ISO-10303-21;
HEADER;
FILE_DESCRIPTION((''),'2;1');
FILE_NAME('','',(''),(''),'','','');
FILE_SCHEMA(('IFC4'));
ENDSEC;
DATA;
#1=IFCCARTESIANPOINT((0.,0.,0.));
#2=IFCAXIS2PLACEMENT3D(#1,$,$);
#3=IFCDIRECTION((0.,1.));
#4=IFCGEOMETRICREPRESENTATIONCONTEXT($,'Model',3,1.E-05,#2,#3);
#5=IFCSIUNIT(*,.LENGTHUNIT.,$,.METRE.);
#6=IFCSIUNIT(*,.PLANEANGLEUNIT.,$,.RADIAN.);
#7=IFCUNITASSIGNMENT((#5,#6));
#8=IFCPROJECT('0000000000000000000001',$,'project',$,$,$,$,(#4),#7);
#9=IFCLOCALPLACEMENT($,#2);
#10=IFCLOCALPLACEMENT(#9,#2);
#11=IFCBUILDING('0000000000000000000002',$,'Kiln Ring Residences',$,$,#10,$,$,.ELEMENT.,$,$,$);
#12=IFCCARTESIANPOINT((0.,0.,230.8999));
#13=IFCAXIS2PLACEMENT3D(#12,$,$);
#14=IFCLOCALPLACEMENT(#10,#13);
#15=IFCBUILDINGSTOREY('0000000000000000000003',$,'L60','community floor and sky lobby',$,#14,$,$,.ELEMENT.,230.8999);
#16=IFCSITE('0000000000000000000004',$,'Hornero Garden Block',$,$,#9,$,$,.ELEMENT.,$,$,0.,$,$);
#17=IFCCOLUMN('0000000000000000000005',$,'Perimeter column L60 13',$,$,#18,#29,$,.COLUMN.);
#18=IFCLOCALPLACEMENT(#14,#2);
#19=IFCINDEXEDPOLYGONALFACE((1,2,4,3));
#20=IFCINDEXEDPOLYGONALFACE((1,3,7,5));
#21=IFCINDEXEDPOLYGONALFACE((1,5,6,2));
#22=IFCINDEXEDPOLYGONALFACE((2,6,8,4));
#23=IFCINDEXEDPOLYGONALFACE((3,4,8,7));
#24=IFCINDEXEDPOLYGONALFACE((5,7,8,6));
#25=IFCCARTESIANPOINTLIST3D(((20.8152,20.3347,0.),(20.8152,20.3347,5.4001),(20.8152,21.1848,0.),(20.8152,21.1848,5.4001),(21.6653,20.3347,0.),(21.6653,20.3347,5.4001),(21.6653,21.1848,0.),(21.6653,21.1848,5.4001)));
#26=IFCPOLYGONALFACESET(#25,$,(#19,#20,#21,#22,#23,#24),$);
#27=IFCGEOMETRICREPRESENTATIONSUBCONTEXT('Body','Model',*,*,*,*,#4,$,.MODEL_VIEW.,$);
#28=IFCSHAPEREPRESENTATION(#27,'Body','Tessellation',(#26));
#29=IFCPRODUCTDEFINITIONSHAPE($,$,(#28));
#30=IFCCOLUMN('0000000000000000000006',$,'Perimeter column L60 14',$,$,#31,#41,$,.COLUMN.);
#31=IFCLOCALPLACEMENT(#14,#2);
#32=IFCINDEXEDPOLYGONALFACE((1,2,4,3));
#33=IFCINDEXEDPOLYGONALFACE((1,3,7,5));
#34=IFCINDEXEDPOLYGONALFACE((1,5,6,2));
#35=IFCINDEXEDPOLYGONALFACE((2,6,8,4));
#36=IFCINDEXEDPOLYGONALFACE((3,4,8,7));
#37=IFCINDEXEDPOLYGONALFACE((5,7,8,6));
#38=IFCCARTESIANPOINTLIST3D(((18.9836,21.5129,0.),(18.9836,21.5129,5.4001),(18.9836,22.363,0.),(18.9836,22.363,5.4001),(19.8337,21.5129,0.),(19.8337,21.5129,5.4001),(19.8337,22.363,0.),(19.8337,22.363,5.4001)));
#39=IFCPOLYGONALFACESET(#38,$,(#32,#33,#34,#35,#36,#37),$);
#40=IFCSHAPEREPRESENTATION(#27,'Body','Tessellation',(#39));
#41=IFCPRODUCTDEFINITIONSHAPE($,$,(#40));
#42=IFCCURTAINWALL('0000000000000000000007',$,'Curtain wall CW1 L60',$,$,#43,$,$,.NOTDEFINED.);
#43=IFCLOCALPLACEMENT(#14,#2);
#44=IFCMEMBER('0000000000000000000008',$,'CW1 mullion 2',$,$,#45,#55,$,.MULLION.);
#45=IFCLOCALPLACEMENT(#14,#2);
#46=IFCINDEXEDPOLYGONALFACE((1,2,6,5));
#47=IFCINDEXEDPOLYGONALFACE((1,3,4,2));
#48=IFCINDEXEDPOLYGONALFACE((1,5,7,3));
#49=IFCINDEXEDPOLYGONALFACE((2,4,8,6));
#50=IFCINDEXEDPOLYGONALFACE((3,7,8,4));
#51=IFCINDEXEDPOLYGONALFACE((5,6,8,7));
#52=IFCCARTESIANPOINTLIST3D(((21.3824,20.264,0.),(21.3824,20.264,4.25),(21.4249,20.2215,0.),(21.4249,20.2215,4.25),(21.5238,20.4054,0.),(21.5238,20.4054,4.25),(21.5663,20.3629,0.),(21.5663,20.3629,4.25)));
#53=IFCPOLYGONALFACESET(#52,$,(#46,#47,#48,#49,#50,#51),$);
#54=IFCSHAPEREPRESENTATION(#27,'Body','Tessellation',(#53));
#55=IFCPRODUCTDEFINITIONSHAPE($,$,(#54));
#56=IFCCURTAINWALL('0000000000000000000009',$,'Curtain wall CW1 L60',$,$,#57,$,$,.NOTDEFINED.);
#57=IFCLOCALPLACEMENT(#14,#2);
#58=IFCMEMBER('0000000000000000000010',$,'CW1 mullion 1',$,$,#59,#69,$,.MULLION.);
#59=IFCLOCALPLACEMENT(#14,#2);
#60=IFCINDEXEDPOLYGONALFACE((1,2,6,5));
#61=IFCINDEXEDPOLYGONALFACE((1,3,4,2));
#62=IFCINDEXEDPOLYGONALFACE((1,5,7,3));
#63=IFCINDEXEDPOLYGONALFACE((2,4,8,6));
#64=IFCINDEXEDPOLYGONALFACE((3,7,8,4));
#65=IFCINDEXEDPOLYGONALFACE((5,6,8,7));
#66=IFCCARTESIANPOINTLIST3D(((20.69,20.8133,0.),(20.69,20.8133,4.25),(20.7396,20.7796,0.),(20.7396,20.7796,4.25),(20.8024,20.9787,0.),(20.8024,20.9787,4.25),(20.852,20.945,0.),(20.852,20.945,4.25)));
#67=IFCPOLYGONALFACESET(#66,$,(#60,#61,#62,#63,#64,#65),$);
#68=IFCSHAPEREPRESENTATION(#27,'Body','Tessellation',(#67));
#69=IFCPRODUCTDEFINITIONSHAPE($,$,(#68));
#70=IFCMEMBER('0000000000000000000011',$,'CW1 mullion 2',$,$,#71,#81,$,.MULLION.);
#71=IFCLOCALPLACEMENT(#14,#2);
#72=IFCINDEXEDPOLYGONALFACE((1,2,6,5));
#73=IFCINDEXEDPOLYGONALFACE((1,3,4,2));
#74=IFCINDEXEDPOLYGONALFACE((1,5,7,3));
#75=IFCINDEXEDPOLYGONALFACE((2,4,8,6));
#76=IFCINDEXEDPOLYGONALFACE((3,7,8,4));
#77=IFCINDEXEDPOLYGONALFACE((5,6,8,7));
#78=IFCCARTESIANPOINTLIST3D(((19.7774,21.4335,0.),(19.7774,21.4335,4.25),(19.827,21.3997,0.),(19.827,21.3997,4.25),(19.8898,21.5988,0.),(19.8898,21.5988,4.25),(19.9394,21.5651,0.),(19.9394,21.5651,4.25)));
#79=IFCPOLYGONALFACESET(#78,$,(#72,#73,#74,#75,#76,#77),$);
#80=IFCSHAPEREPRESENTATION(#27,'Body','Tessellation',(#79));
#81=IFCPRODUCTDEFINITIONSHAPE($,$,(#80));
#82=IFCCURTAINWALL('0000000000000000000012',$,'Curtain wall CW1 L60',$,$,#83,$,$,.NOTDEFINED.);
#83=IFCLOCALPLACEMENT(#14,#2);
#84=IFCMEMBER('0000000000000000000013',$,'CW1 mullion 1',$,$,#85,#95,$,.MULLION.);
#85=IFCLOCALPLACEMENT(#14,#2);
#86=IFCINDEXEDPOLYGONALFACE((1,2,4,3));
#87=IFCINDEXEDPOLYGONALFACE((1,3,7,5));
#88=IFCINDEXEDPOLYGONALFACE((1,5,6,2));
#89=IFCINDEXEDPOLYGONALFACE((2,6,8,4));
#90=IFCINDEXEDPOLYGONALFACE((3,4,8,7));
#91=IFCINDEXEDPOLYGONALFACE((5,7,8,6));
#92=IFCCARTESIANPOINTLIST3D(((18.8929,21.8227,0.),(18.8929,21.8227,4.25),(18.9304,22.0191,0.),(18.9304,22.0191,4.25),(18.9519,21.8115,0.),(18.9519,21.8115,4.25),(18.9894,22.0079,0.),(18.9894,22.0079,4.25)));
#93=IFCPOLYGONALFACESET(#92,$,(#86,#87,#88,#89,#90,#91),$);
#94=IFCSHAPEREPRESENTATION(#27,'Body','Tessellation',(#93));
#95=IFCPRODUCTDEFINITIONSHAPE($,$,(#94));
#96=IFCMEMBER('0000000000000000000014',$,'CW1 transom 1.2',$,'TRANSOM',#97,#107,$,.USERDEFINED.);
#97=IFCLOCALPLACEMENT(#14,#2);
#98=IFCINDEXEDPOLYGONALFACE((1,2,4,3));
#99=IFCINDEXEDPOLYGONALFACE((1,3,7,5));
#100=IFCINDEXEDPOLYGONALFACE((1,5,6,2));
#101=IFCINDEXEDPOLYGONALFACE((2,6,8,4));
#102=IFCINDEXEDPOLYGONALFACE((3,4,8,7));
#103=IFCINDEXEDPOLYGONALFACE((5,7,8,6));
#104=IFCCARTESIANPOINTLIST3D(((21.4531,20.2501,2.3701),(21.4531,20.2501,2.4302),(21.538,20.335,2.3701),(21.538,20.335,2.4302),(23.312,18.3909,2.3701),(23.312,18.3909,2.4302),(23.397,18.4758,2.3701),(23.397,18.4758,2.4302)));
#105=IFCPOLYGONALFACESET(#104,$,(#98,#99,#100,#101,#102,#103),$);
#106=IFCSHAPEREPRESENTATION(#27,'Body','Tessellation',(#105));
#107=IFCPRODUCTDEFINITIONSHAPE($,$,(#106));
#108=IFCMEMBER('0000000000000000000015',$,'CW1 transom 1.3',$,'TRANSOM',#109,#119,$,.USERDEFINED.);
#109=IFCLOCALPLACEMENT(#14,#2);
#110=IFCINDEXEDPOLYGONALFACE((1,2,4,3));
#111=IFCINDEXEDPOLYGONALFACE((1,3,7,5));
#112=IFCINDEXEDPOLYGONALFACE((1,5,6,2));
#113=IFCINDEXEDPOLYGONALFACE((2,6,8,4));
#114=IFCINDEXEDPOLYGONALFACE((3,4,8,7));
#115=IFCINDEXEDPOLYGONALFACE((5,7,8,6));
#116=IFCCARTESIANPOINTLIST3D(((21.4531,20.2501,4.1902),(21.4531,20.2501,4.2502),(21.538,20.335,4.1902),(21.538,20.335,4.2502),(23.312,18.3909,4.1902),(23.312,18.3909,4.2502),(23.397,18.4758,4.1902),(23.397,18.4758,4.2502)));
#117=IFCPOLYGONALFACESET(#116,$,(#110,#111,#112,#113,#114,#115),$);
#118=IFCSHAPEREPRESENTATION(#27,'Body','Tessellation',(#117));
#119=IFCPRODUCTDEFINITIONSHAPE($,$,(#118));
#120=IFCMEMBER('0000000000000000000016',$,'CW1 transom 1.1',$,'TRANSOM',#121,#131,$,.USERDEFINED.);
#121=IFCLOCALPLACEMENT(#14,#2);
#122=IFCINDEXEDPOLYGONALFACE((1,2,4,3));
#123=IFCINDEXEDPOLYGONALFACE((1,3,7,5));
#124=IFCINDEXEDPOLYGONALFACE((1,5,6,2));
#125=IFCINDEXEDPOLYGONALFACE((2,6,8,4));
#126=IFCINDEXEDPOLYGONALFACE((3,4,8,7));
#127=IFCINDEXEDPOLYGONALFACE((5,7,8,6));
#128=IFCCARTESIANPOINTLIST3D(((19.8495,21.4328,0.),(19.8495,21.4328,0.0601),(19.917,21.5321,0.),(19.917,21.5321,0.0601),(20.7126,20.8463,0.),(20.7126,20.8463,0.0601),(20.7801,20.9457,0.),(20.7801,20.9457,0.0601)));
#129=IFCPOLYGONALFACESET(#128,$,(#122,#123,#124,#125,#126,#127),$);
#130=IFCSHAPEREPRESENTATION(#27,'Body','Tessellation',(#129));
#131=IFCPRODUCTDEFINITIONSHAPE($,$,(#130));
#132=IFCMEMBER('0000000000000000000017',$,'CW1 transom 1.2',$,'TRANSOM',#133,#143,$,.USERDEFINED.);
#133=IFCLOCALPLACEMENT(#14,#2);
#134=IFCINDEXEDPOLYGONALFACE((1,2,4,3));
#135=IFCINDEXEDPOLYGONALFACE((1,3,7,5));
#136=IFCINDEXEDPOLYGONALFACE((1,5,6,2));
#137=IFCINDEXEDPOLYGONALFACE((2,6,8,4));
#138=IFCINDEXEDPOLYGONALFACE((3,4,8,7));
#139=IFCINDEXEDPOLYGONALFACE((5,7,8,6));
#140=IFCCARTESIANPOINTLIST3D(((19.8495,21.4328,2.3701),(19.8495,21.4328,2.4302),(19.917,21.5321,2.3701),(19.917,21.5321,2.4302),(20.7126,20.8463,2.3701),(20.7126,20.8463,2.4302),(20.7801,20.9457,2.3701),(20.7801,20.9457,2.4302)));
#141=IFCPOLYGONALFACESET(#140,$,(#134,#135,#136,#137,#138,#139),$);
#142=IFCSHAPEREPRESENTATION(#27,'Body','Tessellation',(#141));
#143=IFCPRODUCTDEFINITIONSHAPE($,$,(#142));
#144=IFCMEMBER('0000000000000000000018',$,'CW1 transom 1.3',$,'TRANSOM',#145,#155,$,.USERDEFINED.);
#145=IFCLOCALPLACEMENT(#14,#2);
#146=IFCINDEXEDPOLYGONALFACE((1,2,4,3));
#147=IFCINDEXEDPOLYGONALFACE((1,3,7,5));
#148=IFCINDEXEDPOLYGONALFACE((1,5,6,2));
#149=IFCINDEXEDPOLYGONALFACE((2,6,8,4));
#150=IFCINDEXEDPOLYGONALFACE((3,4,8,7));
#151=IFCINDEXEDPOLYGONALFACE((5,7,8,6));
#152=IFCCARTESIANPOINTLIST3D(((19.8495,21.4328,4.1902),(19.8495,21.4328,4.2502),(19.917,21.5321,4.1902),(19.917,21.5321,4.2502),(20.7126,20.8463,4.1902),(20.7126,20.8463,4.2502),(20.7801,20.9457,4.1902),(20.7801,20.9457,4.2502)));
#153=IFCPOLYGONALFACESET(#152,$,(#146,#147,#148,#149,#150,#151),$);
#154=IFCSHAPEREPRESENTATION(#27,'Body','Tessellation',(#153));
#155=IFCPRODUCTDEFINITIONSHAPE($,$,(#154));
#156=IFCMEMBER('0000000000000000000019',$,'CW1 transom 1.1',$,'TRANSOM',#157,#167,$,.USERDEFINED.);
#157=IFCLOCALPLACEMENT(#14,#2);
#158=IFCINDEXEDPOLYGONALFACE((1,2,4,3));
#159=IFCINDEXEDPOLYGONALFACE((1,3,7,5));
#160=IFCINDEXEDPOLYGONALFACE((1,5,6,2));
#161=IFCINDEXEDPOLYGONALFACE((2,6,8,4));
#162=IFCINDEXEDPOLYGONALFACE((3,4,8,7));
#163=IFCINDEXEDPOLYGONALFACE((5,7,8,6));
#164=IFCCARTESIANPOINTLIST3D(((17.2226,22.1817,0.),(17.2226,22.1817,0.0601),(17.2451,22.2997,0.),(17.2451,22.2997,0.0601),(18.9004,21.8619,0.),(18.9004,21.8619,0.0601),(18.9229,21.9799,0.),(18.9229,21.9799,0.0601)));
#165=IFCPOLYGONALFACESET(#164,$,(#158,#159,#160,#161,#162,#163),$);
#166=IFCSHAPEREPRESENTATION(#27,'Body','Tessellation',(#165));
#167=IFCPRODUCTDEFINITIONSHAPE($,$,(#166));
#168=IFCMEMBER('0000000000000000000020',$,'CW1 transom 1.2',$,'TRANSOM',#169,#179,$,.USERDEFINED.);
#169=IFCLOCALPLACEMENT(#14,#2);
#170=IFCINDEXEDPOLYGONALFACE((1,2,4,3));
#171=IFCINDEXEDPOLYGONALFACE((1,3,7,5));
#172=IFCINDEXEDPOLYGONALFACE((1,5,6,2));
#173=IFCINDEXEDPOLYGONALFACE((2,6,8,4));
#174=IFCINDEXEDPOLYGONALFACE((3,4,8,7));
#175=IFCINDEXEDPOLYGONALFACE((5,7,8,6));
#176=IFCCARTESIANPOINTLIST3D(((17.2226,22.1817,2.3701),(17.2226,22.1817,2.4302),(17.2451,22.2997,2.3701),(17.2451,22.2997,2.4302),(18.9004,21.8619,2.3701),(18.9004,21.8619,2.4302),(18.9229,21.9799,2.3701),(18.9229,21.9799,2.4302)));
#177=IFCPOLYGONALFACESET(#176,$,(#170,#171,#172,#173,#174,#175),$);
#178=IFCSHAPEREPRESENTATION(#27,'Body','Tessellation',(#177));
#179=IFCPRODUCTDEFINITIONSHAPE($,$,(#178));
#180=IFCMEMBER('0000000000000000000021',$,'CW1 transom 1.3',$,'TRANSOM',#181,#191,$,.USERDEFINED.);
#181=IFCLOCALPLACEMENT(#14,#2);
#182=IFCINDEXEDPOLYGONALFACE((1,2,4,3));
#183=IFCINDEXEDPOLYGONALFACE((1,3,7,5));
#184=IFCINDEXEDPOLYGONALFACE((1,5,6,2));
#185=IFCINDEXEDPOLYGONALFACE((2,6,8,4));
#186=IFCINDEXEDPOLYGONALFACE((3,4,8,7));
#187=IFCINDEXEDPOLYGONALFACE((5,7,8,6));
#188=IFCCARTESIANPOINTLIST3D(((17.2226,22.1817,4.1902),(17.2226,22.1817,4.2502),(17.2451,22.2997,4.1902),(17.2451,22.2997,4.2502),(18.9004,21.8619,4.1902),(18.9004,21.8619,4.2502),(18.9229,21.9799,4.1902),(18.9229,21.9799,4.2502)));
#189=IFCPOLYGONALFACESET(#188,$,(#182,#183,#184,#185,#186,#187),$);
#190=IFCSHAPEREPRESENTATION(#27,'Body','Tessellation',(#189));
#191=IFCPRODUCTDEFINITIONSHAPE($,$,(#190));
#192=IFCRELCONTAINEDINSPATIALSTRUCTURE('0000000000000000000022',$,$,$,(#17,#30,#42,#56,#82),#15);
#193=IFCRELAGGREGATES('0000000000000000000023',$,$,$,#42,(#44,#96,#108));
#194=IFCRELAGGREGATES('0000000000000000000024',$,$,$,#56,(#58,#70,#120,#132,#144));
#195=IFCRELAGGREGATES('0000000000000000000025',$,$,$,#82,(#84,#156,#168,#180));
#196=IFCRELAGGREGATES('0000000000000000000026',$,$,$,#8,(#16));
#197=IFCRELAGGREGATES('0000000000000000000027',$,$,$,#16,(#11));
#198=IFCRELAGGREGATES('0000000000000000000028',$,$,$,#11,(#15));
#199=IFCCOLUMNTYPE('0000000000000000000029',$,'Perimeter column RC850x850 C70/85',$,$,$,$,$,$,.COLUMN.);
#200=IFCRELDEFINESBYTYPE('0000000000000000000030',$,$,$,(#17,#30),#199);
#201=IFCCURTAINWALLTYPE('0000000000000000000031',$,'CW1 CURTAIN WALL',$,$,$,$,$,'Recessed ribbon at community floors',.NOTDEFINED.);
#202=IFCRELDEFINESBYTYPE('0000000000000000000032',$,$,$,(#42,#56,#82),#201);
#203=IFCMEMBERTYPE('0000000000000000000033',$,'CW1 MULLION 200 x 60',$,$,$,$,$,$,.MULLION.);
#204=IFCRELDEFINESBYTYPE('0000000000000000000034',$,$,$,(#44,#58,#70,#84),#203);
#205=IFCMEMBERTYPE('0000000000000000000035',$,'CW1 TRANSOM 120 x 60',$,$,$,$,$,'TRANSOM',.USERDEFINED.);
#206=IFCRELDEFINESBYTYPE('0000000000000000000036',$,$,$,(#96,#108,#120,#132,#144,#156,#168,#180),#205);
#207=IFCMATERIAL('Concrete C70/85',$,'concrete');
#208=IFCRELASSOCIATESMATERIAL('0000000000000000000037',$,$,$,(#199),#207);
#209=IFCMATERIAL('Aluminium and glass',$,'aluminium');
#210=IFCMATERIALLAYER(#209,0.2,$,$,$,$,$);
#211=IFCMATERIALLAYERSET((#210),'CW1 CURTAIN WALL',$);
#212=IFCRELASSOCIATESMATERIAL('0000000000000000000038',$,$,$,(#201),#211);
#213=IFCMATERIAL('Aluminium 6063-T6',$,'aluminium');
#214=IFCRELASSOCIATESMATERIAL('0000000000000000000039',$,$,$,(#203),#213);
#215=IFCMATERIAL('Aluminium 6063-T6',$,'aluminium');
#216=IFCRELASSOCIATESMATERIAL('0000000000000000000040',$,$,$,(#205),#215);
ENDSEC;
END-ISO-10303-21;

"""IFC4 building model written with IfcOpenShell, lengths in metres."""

from ifc_helpers import new_model, si_unit, direction, frame, origin, origin_2d, place, context, subcontext, project, spatial, rectangle, extrude, material, layer, layer_set, material_profile, profile_set, type_object, element, aggregate, save


model = new_model("IFC4")

# Units and contexts
model_context = context("Model", 3, precision=1e-05, world=origin(), true_north=direction((0.0, 1.0)))
body_context = subcontext(model_context, "Body", "Model", "MODEL_VIEW")
ifc_project = project(units=[si_unit("LENGTHUNIT", "METRE"), si_unit("PLANEANGLEUNIT", "RADIAN")], contexts=[model_context])

# Site, building, storey
site_placement = place(None, origin())
site = spatial("IfcSite", under=ifc_project, at=site_placement, Name="Hornero Garden Block", CompositionType="ELEMENT", RefElevation=0.0)
building_placement = place(site_placement, origin())
building = spatial("IfcBuilding", under=site, at=building_placement, Name="Kiln Ring Residences", CompositionType="ELEMENT")
storey_placement = place(building_placement, frame((0.0, 0.0, 230.8999)))
storey = spatial("IfcBuildingStorey", under=building, at=storey_placement, Name="L60", Description="community floor and sky lobby", CompositionType="ELEMENT", Elevation=230.8999)

# Columns
ifc_material_1 = material(Name="Concrete C70/85", Category="concrete")
ifc_material_profile_1 = material_profile(ifc_material_1, rectangle(XDim=0.8501, YDim=0.8501, at=origin_2d()), Name="RC850x850")
ifc_profile_set_1 = profile_set([ifc_material_profile_1], Name="Concrete C70/85")
column_type = type_object("IfcColumnType", Name="Perimeter column RC850x850 C70/85", PredefinedType="COLUMN", material=ifc_profile_set_1)
for number, where, z_axis, x_axis, name in (
    (1, (21.2402, 20.7598, 0.0), (0.0, 0.0, 1.0), (1.0, 0.0, 0.0), "Perimeter column L60 13"),
    (2, (19.4087, 21.938, 0.0), (0.0, 0.0, 1.0), (1.0, 0.0, 0.0), "Perimeter column L60 14"),
):
    element("IfcColumn", number, at=place(storey_placement, frame(where, z_axis=z_axis, x_axis=x_axis)), inside=storey, type_object=column_type, Name=name, PredefinedType="COLUMN", context=body_context, shape_type="SweptSolid", body=[
        extrude(rectangle(XDim=0.8501, YDim=0.8501, at=origin_2d()), origin(), (0.0, 0.0, 1.0), 5.4001),
    ])

# Curtain wall, member
ifc_material_2 = material(Name="Aluminium and glass", Category="aluminium")
ifc_layer_1 = layer(ifc_material_2, 0.2)
ifc_layer_set_1 = layer_set([ifc_layer_1], Name="CW1 CURTAIN WALL")
curtain_wall_type = type_object("IfcCurtainWallType", Name="CW1 CURTAIN WALL", ElementType="Recessed ribbon at community floors", PredefinedType="NOTDEFINED", material=ifc_layer_set_1)
placement = place(storey_placement, origin())
curtain_wall_1 = element("IfcCurtainWall", 3, at=placement, inside=storey, type_object=curtain_wall_type, Name="Curtain wall CW1 L60", PredefinedType="NOTDEFINED")
ifc_material_3 = material(Name="Aluminium 6063-T6", Category="aluminium")
ifc_material_profile_2 = material_profile(ifc_material_3, rectangle(XDim=0.2, YDim=0.0601, at=origin_2d()), Name="AL 200x60")
ifc_profile_set_2 = profile_set([ifc_material_profile_2], Name="Aluminium 6063-T6")
member_type_1 = type_object("IfcMemberType", Name="CW1 MULLION 200 x 60", PredefinedType="MULLION", material=ifc_profile_set_2)
member_1_placement = place(storey_placement, frame((21.4744, 20.3135, 0.0), z_axis=(0.0, 0.0, 1.0), x_axis=(-0.707107, -0.707107, 0.0)))
member_1 = element("IfcMember", 4, at=member_1_placement, type_object=member_type_1, Name="CW1 mullion 2", PredefinedType="MULLION", context=body_context, shape_type="SweptSolid", body=[
    extrude(rectangle(XDim=0.2, YDim=0.0601, at=origin_2d()), origin(), (0.0, 0.0, 1.0), 4.25),
])

# Curtain wall, members
curtain_wall_2 = element("IfcCurtainWall", 5, at=placement, inside=storey, type_object=curtain_wall_type, Name="Curtain wall CW1 L60", PredefinedType="NOTDEFINED")
member_2_placement = place(storey_placement, frame((20.771, 20.8792, 0.0), z_axis=(0.0, 0.0, 1.0), x_axis=(-0.562097, -0.827072, 0.0)))
member_2 = element("IfcMember", 6, at=member_2_placement, type_object=member_type_1, Name="CW1 mullion 1", PredefinedType="MULLION", context=body_context, shape_type="SweptSolid", body=[
    extrude(rectangle(XDim=0.2, YDim=0.0601, at=origin_2d()), origin(), (0.0, 0.0, 1.0), 4.25),
])
member_3_placement = place(storey_placement, frame((19.8584, 21.4993, 0.0), z_axis=(0.0, 0.0, 1.0), x_axis=(-0.562097, -0.827072, 0.0)))
member_3 = element("IfcMember", 7, at=member_3_placement, type_object=member_type_1, Name="CW1 mullion 2", PredefinedType="MULLION", context=body_context, shape_type="SweptSolid", body=[
    extrude(rectangle(XDim=0.2, YDim=0.0601, at=origin_2d()), origin(), (0.0, 0.0, 1.0), 4.25),
])

# Curtain wall, member
curtain_wall_3 = element("IfcCurtainWall", 8, at=placement, inside=storey, type_object=curtain_wall_type, Name="Curtain wall CW1 L60", PredefinedType="NOTDEFINED")
member_4_placement = place(storey_placement, frame((18.9412, 21.9153, 0.0), z_axis=(0.0, 0.0, 1.0), x_axis=(-0.187366, -0.98229, 0.0)))
member_4 = element("IfcMember", 9, at=member_4_placement, type_object=member_type_1, Name="CW1 mullion 1", PredefinedType="MULLION", context=body_context, shape_type="SweptSolid", body=[
    extrude(rectangle(XDim=0.2, YDim=0.0601, at=origin_2d()), origin(), (0.0, 0.0, 1.0), 4.25),
])

# Members
ifc_material_4 = material(Name="Aluminium 6063-T6", Category="aluminium")
ifc_material_profile_3 = material_profile(ifc_material_4, rectangle(XDim=0.1201, YDim=0.0601, at=origin_2d()), Name="AL 120x60")
ifc_profile_set_3 = profile_set([ifc_material_profile_3], Name="Aluminium 6063-T6")
member_type_2 = type_object("IfcMemberType", Name="CW1 TRANSOM 120 x 60", ElementType="TRANSOM", PredefinedType="USERDEFINED", material=ifc_profile_set_3)
member_5_placement = place(storey_placement, frame((23.3545, 18.4333, 2.4001), z_axis=(-0.70706, 0.707153, 0.0), x_axis=(-0.707153, -0.70706, 0.0)))
member_5 = element("IfcMember", 10, at=member_5_placement, type_object=member_type_2, Name="CW1 transom 1.2", ObjectType="TRANSOM", PredefinedType="USERDEFINED", context=body_context, shape_type="SweptSolid", body=[
    extrude(rectangle(XDim=0.1201, YDim=0.0601, at=origin_2d()), origin(), (0.0, 0.0, 1.0), 2.6292),
])
member_6_placement = place(storey_placement, frame((23.3545, 18.4333, 4.2202), z_axis=(-0.70706, 0.707153, 0.0), x_axis=(-0.707153, -0.70706, 0.0)))
member_6 = element("IfcMember", 11, at=member_6_placement, type_object=member_type_2, Name="CW1 transom 1.3", ObjectType="TRANSOM", PredefinedType="USERDEFINED", context=body_context, shape_type="SweptSolid", body=[
    extrude(rectangle(XDim=0.1201, YDim=0.0601, at=origin_2d()), origin(), (0.0, 0.0, 1.0), 2.6292),
])
member_7_placement = place(storey_placement, frame((20.7463, 20.896, 0.03), z_axis=(-0.827122, 0.562022, 0.0), x_axis=(-0.562022, -0.827122, 0.0)))
member_7 = element("IfcMember", 12, at=member_7_placement, type_object=member_type_2, Name="CW1 transom 1.1", ObjectType="TRANSOM", PredefinedType="USERDEFINED", context=body_context, shape_type="SweptSolid", body=[
    extrude(rectangle(XDim=0.1201, YDim=0.0601, at=origin_2d()), origin(), (0.0, 0.0, 1.0), 1.0435),
])
member_8_placement = place(storey_placement, frame((20.7463, 20.896, 2.4001), z_axis=(-0.827122, 0.562022, 0.0), x_axis=(-0.562022, -0.827122, 0.0)))
member_8 = element("IfcMember", 13, at=member_8_placement, type_object=member_type_2, Name="CW1 transom 1.2", ObjectType="TRANSOM", PredefinedType="USERDEFINED", context=body_context, shape_type="SweptSolid", body=[
    extrude(rectangle(XDim=0.1201, YDim=0.0601, at=origin_2d()), origin(), (0.0, 0.0, 1.0), 1.0435),
])
member_9_placement = place(storey_placement, frame((20.7463, 20.896, 4.2202), z_axis=(-0.827122, 0.562022, 0.0), x_axis=(-0.562022, -0.827122, 0.0)))
member_9 = element("IfcMember", 14, at=member_9_placement, type_object=member_type_2, Name="CW1 transom 1.3", ObjectType="TRANSOM", PredefinedType="USERDEFINED", context=body_context, shape_type="SweptSolid", body=[
    extrude(rectangle(XDim=0.1201, YDim=0.0601, at=origin_2d()), origin(), (0.0, 0.0, 1.0), 1.0435),
])
member_10_placement = place(storey_placement, frame((18.9116, 21.9209, 0.03), z_axis=(-0.982311, 0.187257, 0.0), x_axis=(-0.187257, -0.982311, 0.0)))
member_10 = element("IfcMember", 15, at=member_10_placement, type_object=member_type_2, Name="CW1 transom 1.1", ObjectType="TRANSOM", PredefinedType="USERDEFINED", context=body_context, shape_type="SweptSolid", body=[
    extrude(rectangle(XDim=0.1201, YDim=0.0601, at=origin_2d()), origin(), (0.0, 0.0, 1.0), 1.708),
])
member_11_placement = place(storey_placement, frame((18.9116, 21.9209, 2.4001), z_axis=(-0.982311, 0.187257, 0.0), x_axis=(-0.187257, -0.982311, 0.0)))
member_11 = element("IfcMember", 16, at=member_11_placement, type_object=member_type_2, Name="CW1 transom 1.2", ObjectType="TRANSOM", PredefinedType="USERDEFINED", context=body_context, shape_type="SweptSolid", body=[
    extrude(rectangle(XDim=0.1201, YDim=0.0601, at=origin_2d()), origin(), (0.0, 0.0, 1.0), 1.708),
])
member_12_placement = place(storey_placement, frame((18.9116, 21.9209, 4.2202), z_axis=(-0.982311, 0.187257, 0.0), x_axis=(-0.187257, -0.982311, 0.0)))
member_12 = element("IfcMember", 17, at=member_12_placement, type_object=member_type_2, Name="CW1 transom 1.3", ObjectType="TRANSOM", PredefinedType="USERDEFINED", context=body_context, shape_type="SweptSolid", body=[
    extrude(rectangle(XDim=0.1201, YDim=0.0601, at=origin_2d()), origin(), (0.0, 0.0, 1.0), 1.708),
])

aggregate(curtain_wall_1, [member_1, member_5, member_6])
aggregate(curtain_wall_2, [member_2, member_3, member_7, member_8, member_9])
aggregate(curtain_wall_3, [member_4, member_10, member_11, member_12])

save(model, "model.ifc")
